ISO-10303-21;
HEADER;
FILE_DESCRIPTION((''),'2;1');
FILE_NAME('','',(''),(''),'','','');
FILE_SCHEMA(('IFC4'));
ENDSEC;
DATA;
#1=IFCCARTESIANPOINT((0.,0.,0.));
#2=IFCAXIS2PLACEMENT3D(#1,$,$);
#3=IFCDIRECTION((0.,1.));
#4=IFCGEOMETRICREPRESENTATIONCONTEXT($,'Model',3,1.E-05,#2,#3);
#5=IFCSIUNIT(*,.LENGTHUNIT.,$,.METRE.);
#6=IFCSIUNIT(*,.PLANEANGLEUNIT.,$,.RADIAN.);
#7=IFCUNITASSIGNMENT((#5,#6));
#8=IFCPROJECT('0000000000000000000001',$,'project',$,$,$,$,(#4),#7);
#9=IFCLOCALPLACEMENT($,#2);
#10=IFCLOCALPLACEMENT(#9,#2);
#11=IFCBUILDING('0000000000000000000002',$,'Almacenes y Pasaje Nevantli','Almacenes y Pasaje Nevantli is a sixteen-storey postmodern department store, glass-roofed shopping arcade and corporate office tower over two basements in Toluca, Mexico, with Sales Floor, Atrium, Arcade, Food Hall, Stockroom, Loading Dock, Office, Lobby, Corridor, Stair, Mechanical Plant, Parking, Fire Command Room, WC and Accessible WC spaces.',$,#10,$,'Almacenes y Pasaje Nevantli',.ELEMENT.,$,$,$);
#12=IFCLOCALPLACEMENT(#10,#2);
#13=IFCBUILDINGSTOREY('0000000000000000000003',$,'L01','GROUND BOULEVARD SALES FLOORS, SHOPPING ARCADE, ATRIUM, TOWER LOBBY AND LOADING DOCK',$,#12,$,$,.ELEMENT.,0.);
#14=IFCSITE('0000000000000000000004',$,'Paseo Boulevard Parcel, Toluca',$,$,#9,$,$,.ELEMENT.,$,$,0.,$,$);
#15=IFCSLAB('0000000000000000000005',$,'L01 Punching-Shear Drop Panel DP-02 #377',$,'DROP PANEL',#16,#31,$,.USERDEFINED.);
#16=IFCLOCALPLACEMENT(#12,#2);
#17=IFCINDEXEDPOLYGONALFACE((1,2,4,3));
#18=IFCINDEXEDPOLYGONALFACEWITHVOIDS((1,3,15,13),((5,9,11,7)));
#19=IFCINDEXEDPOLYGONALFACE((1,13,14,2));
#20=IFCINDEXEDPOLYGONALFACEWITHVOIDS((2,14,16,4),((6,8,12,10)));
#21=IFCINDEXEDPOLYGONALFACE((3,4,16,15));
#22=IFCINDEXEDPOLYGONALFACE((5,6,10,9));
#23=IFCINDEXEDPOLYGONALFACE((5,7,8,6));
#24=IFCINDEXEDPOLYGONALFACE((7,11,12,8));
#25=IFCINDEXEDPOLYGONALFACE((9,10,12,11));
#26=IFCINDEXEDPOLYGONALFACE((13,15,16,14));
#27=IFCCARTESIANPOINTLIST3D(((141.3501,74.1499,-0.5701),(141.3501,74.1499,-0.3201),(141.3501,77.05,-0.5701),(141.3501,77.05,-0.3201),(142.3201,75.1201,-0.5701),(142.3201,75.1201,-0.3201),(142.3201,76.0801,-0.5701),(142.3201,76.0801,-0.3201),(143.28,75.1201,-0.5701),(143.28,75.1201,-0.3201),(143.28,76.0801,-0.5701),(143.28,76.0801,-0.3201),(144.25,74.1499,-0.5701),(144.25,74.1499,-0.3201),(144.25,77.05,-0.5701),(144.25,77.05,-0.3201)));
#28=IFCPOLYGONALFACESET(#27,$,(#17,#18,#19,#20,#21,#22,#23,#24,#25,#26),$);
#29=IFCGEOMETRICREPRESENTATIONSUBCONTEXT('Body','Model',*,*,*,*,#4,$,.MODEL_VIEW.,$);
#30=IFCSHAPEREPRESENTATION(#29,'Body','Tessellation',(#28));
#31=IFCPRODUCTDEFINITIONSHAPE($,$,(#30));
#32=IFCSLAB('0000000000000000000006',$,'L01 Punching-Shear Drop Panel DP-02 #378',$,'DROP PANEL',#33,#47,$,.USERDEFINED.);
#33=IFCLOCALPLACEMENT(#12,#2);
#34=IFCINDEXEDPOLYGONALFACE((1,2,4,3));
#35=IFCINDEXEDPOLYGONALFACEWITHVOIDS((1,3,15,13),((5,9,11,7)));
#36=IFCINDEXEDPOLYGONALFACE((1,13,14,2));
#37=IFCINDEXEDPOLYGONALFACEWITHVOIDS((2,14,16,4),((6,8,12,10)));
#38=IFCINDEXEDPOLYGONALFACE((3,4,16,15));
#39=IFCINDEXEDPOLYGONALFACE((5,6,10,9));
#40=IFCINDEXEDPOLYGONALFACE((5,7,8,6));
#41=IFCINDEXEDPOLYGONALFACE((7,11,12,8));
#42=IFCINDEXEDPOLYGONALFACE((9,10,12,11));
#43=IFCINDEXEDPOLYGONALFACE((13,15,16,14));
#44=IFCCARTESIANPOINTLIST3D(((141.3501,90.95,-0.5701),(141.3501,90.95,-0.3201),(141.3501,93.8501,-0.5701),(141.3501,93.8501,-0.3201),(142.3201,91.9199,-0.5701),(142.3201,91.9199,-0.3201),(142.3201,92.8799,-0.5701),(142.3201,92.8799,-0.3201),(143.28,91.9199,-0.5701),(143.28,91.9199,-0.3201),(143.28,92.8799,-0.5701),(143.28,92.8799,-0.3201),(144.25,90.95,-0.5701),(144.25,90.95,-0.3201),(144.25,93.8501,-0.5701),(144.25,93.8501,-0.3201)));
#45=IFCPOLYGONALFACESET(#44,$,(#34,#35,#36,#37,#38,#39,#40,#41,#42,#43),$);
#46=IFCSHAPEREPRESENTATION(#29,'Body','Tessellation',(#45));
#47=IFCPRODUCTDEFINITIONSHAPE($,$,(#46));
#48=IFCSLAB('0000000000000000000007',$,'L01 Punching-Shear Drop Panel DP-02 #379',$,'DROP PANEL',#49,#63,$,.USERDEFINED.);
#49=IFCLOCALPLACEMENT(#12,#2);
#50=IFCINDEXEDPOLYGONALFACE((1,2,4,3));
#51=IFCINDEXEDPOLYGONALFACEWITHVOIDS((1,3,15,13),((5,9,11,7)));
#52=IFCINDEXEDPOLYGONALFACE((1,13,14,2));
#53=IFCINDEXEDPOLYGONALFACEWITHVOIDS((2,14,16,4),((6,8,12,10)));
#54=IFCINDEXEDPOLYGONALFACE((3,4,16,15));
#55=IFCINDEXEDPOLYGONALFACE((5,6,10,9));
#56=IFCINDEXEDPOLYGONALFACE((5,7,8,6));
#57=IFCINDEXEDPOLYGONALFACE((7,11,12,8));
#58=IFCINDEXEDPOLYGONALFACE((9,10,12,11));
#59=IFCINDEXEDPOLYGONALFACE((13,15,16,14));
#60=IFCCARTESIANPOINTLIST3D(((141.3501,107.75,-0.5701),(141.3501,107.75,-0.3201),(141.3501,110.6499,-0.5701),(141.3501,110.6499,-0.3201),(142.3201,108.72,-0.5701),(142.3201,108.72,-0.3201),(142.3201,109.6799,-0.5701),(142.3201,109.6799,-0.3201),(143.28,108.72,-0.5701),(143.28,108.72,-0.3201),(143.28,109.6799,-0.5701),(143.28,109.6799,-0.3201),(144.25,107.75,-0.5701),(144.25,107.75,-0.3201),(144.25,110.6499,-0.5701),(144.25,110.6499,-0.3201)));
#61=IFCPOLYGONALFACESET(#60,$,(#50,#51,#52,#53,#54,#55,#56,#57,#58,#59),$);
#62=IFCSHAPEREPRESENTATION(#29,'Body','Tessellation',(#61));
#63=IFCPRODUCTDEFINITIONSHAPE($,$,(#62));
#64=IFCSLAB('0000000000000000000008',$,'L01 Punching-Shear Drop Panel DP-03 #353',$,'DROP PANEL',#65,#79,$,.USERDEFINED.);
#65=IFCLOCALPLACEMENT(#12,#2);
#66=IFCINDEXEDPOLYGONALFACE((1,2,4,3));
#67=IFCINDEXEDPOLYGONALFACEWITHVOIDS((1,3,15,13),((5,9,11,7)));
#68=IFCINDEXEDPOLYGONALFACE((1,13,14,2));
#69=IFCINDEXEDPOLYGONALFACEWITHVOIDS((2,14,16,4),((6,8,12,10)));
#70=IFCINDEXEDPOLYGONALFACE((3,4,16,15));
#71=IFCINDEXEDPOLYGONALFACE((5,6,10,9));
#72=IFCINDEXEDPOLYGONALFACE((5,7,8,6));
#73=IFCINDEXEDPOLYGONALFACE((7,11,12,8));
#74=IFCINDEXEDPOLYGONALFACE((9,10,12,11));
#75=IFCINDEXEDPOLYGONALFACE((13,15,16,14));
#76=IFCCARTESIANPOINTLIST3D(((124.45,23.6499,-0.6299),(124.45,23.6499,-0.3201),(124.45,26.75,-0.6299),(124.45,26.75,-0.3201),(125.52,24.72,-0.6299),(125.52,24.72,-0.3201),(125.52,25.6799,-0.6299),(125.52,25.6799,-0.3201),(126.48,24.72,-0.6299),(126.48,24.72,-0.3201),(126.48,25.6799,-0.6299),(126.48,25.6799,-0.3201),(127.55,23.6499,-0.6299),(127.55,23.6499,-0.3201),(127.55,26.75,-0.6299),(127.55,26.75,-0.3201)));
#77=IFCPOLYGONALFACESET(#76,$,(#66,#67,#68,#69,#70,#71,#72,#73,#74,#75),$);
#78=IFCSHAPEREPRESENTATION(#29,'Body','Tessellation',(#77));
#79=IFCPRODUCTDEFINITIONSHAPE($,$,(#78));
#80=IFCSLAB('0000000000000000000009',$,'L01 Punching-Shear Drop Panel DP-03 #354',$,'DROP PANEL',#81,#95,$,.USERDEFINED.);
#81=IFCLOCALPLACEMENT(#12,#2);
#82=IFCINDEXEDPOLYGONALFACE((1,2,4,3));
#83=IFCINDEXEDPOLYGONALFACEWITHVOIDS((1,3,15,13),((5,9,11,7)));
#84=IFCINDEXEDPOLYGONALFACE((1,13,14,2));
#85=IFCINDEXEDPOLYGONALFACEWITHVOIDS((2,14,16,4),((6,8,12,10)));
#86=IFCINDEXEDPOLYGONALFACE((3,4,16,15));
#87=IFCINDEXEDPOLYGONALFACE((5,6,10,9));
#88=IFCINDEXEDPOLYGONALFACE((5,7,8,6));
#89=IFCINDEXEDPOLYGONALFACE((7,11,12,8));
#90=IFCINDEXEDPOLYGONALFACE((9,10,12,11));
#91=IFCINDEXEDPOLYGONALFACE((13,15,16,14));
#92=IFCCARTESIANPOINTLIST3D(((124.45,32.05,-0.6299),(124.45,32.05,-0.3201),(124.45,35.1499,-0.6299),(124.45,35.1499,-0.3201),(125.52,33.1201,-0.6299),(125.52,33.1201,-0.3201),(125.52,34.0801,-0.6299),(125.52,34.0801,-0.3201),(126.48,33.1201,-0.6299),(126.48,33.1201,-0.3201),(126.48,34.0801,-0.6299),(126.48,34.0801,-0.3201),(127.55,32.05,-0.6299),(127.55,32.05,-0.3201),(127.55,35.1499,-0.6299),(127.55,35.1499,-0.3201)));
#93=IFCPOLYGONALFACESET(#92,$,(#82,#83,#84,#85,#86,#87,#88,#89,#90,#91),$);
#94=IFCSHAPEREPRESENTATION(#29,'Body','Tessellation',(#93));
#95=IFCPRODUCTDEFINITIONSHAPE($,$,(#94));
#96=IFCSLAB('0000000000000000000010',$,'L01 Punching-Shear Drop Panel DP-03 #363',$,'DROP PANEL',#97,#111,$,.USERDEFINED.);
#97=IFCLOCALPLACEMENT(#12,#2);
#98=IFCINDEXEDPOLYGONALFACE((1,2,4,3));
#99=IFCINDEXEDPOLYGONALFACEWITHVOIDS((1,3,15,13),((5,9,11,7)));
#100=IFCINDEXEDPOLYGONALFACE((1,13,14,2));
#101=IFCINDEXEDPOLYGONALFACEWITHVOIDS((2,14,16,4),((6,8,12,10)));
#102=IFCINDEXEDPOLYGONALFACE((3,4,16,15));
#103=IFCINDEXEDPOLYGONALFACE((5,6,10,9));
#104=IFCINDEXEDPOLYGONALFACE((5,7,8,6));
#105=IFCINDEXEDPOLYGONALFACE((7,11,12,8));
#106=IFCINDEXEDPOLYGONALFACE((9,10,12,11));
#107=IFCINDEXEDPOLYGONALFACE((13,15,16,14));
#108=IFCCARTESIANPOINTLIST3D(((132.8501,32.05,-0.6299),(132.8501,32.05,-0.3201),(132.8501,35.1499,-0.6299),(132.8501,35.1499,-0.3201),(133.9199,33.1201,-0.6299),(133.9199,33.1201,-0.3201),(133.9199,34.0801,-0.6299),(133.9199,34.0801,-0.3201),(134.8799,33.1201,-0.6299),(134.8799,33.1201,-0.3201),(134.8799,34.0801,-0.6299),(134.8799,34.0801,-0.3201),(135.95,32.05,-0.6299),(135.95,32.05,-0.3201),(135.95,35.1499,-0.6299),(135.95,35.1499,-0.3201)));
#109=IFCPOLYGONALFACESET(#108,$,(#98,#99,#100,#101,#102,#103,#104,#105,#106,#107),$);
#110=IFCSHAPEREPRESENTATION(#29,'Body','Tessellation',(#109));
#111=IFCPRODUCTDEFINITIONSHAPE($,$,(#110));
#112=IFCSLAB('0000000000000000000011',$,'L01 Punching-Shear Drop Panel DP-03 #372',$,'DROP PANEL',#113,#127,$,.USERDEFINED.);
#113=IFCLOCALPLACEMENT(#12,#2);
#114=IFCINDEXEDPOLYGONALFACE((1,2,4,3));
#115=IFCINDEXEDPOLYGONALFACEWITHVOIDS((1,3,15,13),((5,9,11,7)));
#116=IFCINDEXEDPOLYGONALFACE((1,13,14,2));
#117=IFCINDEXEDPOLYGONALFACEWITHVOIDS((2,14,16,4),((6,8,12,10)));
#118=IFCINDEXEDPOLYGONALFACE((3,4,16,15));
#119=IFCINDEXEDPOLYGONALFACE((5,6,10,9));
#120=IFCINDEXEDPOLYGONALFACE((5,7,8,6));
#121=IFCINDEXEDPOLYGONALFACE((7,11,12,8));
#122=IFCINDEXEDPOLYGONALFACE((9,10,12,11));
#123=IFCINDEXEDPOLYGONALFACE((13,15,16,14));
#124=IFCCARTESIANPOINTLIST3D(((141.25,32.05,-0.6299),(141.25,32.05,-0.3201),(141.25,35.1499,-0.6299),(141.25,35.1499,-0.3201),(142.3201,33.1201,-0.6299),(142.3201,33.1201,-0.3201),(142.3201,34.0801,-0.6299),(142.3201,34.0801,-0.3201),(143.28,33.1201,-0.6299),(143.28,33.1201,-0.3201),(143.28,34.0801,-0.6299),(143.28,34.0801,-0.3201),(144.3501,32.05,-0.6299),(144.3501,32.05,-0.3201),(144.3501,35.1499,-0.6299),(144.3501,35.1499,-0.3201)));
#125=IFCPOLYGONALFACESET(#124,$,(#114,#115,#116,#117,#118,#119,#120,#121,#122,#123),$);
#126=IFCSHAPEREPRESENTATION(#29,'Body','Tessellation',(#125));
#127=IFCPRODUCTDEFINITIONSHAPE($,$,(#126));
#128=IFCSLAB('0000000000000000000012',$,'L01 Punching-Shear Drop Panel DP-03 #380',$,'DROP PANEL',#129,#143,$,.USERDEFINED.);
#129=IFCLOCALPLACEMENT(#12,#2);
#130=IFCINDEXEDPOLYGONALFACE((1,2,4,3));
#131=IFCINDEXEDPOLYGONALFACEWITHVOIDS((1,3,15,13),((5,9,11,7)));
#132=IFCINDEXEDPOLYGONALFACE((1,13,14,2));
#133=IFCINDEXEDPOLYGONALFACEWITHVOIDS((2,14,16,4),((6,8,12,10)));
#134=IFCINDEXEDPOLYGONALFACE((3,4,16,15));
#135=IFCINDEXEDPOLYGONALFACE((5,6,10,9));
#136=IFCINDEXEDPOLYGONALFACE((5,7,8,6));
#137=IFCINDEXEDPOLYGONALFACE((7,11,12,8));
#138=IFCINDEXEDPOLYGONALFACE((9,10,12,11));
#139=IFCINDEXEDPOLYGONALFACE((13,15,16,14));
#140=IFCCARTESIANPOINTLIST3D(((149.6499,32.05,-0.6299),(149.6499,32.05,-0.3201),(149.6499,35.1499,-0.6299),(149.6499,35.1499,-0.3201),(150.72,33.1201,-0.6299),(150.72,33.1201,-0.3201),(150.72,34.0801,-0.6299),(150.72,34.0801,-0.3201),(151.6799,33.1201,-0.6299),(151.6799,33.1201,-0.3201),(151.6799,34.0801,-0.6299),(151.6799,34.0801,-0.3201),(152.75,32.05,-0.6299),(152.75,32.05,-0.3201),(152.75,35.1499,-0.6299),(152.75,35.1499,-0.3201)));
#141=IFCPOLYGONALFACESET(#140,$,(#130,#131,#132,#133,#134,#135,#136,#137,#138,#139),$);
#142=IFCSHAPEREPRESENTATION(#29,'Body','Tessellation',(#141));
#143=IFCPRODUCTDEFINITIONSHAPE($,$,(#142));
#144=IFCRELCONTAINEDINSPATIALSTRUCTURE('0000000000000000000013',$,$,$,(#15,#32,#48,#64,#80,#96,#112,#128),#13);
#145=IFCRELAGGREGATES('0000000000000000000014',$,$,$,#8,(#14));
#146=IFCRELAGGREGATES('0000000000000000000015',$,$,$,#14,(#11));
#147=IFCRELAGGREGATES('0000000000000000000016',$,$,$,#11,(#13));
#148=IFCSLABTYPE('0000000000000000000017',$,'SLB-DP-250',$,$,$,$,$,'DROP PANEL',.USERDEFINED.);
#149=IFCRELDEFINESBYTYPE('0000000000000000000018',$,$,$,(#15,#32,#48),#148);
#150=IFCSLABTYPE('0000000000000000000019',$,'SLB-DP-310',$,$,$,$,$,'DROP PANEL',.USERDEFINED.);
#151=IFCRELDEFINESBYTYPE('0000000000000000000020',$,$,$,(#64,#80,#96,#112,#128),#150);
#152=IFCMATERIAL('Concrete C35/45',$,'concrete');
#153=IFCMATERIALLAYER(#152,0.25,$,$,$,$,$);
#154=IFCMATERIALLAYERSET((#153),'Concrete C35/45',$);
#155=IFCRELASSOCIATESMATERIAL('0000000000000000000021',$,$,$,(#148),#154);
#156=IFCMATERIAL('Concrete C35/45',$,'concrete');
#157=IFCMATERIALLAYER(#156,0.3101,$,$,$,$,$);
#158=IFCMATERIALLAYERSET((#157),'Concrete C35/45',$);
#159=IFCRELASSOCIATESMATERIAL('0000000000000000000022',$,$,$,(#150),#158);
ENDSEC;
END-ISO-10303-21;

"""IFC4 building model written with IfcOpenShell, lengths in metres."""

from ifc_helpers import new_model, si_unit, direction, frame, origin, place, context, subcontext, project, spatial, polyline, outline, extrude, material, layer, layer_set, type_object, element, save


model = new_model("IFC4")

# Units and contexts
model_context = context("Model", 3, precision=1e-05, world=origin(), true_north=direction((0.0, 1.0)))
body_context = subcontext(model_context, "Body", "Model", "MODEL_VIEW")
ifc_project = project(units=[si_unit("LENGTHUNIT", "METRE"), si_unit("PLANEANGLEUNIT", "RADIAN")], contexts=[model_context])

# Site, building, storey
site_placement = place(None, origin())
site = spatial("IfcSite", under=ifc_project, at=site_placement, Name="Paseo Boulevard Parcel, Toluca", CompositionType="ELEMENT", RefElevation=0.0)
building_placement = place(site_placement, origin())
building = spatial("IfcBuilding", under=site, at=building_placement, Name="Almacenes y Pasaje Nevantli", Description="Almacenes y Pasaje Nevantli is a sixteen-storey postmodern department store, glass-roofed shopping arcade and corporate office tower over two basements in Toluca, Mexico, with Sales Floor, Atrium, Arcade, Food Hall, Stockroom, Loading Dock, Office, Lobby, Corridor, Stair, Mechanical Plant, Parking, Fire Command Room, WC and Accessible WC spaces.", LongName="Almacenes y Pasaje Nevantli", CompositionType="ELEMENT")
storey_placement = place(building_placement, origin())
storey = spatial("IfcBuildingStorey", under=building, at=storey_placement, Name="L01", Description="GROUND BOULEVARD SALES FLOORS, SHOPPING ARCADE, ATRIUM, TOWER LOBBY AND LOADING DOCK", CompositionType="ELEMENT", Elevation=0.0)

# Slabs
ifc_material_1 = material(Name="Concrete C35/45", Category="concrete")
ifc_layer_1 = layer(ifc_material_1, 0.25)
ifc_layer_set_1 = layer_set([ifc_layer_1], Name="Concrete C35/45")
slab_type_1 = type_object("IfcSlabType", Name="SLB-DP-250", ElementType="DROP PANEL", PredefinedType="USERDEFINED", material=ifc_layer_set_1)
slab_1_placement = place(storey_placement, frame((0.0, 0.0, -0.5701)))
element("IfcSlab", 1, at=slab_1_placement, inside=storey, type_object=slab_type_1, Name="L01 Punching-Shear Drop Panel DP-02 #377", ObjectType="DROP PANEL", PredefinedType="USERDEFINED", context=body_context, shape_type="SweptSolid", body=[
    extrude(outline(polyline([(141.3501, 74.1499), (144.25, 74.1499), (144.25, 77.05), (141.3501, 77.05), (141.3501, 74.1499)]), holes=[polyline([(142.3201, 75.1201), (143.28, 75.1201), (143.28, 76.0801), (142.3201, 76.0801), (142.3201, 75.1201)])]), origin(), (0.0, 0.0, 1.0), 0.25),
])
slab_2_placement = place(storey_placement, frame((0.0, 0.0, -0.5701)))
element("IfcSlab", 2, at=slab_2_placement, inside=storey, type_object=slab_type_1, Name="L01 Punching-Shear Drop Panel DP-02 #378", ObjectType="DROP PANEL", PredefinedType="USERDEFINED", context=body_context, shape_type="SweptSolid", body=[
    extrude(outline(polyline([(141.3501, 90.95), (144.25, 90.95), (144.25, 93.8501), (141.3501, 93.8501), (141.3501, 90.95)]), holes=[polyline([(142.3201, 91.9199), (143.28, 91.9199), (143.28, 92.8799), (142.3201, 92.8799), (142.3201, 91.9199)])]), origin(), (0.0, 0.0, 1.0), 0.25),
])
slab_3_placement = place(storey_placement, frame((0.0, 0.0, -0.5701)))
element("IfcSlab", 3, at=slab_3_placement, inside=storey, type_object=slab_type_1, Name="L01 Punching-Shear Drop Panel DP-02 #379", ObjectType="DROP PANEL", PredefinedType="USERDEFINED", context=body_context, shape_type="SweptSolid", body=[
    extrude(outline(polyline([(141.3501, 107.75), (144.25, 107.75), (144.25, 110.6499), (141.3501, 110.6499), (141.3501, 107.75)]), holes=[polyline([(142.3201, 108.72), (143.28, 108.72), (143.28, 109.6799), (142.3201, 109.6799), (142.3201, 108.72)])]), origin(), (0.0, 0.0, 1.0), 0.25),
])
ifc_material_2 = material(Name="Concrete C35/45", Category="concrete")
ifc_layer_2 = layer(ifc_material_2, 0.3101)
ifc_layer_set_2 = layer_set([ifc_layer_2], Name="Concrete C35/45")
slab_type_2 = type_object("IfcSlabType", Name="SLB-DP-310", ElementType="DROP PANEL", PredefinedType="USERDEFINED", material=ifc_layer_set_2)
slab_4_placement = place(storey_placement, frame((0.0, 0.0, -0.6299)))
element("IfcSlab", 4, at=slab_4_placement, inside=storey, type_object=slab_type_2, Name="L01 Punching-Shear Drop Panel DP-03 #353", ObjectType="DROP PANEL", PredefinedType="USERDEFINED", context=body_context, shape_type="SweptSolid", body=[
    extrude(outline(polyline([(124.45, 23.6499), (127.55, 23.6499), (127.55, 26.75), (124.45, 26.75), (124.45, 23.6499)]), holes=[polyline([(125.52, 24.72), (126.48, 24.72), (126.48, 25.6799), (125.52, 25.6799), (125.52, 24.72)])]), origin(), (0.0, 0.0, 1.0), 0.3098),
])
slab_5_placement = place(storey_placement, frame((0.0, 0.0, -0.6299)))
element("IfcSlab", 5, at=slab_5_placement, inside=storey, type_object=slab_type_2, Name="L01 Punching-Shear Drop Panel DP-03 #354", ObjectType="DROP PANEL", PredefinedType="USERDEFINED", context=body_context, shape_type="SweptSolid", body=[
    extrude(outline(polyline([(124.45, 32.05), (127.55, 32.05), (127.55, 35.1499), (124.45, 35.1499), (124.45, 32.05)]), holes=[polyline([(125.52, 33.1201), (126.48, 33.1201), (126.48, 34.0801), (125.52, 34.0801), (125.52, 33.1201)])]), origin(), (0.0, 0.0, 1.0), 0.3098),
])
slab_6_placement = place(storey_placement, frame((0.0, 0.0, -0.6299)))
element("IfcSlab", 6, at=slab_6_placement, inside=storey, type_object=slab_type_2, Name="L01 Punching-Shear Drop Panel DP-03 #363", ObjectType="DROP PANEL", PredefinedType="USERDEFINED", context=body_context, shape_type="SweptSolid", body=[
    extrude(outline(polyline([(132.8501, 32.05), (135.95, 32.05), (135.95, 35.1499), (132.8501, 35.1499), (132.8501, 32.05)]), holes=[polyline([(133.9199, 33.1201), (134.8799, 33.1201), (134.8799, 34.0801), (133.9199, 34.0801), (133.9199, 33.1201)])]), origin(), (0.0, 0.0, 1.0), 0.3098),
])
slab_7_placement = place(storey_placement, frame((0.0, 0.0, -0.6299)))
element("IfcSlab", 7, at=slab_7_placement, inside=storey, type_object=slab_type_2, Name="L01 Punching-Shear Drop Panel DP-03 #372", ObjectType="DROP PANEL", PredefinedType="USERDEFINED", context=body_context, shape_type="SweptSolid", body=[
    extrude(outline(polyline([(141.25, 32.05), (144.3501, 32.05), (144.3501, 35.1499), (141.25, 35.1499), (141.25, 32.05)]), holes=[polyline([(142.3201, 33.1201), (143.28, 33.1201), (143.28, 34.0801), (142.3201, 34.0801), (142.3201, 33.1201)])]), origin(), (0.0, 0.0, 1.0), 0.3098),
])
slab_8_placement = place(storey_placement, frame((0.0, 0.0, -0.6299)))
element("IfcSlab", 8, at=slab_8_placement, inside=storey, type_object=slab_type_2, Name="L01 Punching-Shear Drop Panel DP-03 #380", ObjectType="DROP PANEL", PredefinedType="USERDEFINED", context=body_context, shape_type="SweptSolid", body=[
    extrude(outline(polyline([(149.6499, 32.05), (152.75, 32.05), (152.75, 35.1499), (149.6499, 35.1499), (149.6499, 32.05)]), holes=[polyline([(150.72, 33.1201), (151.6799, 33.1201), (151.6799, 34.0801), (150.72, 34.0801), (150.72, 33.1201)])]), origin(), (0.0, 0.0, 1.0), 0.3098),
])

save(model, "model.ifc")
